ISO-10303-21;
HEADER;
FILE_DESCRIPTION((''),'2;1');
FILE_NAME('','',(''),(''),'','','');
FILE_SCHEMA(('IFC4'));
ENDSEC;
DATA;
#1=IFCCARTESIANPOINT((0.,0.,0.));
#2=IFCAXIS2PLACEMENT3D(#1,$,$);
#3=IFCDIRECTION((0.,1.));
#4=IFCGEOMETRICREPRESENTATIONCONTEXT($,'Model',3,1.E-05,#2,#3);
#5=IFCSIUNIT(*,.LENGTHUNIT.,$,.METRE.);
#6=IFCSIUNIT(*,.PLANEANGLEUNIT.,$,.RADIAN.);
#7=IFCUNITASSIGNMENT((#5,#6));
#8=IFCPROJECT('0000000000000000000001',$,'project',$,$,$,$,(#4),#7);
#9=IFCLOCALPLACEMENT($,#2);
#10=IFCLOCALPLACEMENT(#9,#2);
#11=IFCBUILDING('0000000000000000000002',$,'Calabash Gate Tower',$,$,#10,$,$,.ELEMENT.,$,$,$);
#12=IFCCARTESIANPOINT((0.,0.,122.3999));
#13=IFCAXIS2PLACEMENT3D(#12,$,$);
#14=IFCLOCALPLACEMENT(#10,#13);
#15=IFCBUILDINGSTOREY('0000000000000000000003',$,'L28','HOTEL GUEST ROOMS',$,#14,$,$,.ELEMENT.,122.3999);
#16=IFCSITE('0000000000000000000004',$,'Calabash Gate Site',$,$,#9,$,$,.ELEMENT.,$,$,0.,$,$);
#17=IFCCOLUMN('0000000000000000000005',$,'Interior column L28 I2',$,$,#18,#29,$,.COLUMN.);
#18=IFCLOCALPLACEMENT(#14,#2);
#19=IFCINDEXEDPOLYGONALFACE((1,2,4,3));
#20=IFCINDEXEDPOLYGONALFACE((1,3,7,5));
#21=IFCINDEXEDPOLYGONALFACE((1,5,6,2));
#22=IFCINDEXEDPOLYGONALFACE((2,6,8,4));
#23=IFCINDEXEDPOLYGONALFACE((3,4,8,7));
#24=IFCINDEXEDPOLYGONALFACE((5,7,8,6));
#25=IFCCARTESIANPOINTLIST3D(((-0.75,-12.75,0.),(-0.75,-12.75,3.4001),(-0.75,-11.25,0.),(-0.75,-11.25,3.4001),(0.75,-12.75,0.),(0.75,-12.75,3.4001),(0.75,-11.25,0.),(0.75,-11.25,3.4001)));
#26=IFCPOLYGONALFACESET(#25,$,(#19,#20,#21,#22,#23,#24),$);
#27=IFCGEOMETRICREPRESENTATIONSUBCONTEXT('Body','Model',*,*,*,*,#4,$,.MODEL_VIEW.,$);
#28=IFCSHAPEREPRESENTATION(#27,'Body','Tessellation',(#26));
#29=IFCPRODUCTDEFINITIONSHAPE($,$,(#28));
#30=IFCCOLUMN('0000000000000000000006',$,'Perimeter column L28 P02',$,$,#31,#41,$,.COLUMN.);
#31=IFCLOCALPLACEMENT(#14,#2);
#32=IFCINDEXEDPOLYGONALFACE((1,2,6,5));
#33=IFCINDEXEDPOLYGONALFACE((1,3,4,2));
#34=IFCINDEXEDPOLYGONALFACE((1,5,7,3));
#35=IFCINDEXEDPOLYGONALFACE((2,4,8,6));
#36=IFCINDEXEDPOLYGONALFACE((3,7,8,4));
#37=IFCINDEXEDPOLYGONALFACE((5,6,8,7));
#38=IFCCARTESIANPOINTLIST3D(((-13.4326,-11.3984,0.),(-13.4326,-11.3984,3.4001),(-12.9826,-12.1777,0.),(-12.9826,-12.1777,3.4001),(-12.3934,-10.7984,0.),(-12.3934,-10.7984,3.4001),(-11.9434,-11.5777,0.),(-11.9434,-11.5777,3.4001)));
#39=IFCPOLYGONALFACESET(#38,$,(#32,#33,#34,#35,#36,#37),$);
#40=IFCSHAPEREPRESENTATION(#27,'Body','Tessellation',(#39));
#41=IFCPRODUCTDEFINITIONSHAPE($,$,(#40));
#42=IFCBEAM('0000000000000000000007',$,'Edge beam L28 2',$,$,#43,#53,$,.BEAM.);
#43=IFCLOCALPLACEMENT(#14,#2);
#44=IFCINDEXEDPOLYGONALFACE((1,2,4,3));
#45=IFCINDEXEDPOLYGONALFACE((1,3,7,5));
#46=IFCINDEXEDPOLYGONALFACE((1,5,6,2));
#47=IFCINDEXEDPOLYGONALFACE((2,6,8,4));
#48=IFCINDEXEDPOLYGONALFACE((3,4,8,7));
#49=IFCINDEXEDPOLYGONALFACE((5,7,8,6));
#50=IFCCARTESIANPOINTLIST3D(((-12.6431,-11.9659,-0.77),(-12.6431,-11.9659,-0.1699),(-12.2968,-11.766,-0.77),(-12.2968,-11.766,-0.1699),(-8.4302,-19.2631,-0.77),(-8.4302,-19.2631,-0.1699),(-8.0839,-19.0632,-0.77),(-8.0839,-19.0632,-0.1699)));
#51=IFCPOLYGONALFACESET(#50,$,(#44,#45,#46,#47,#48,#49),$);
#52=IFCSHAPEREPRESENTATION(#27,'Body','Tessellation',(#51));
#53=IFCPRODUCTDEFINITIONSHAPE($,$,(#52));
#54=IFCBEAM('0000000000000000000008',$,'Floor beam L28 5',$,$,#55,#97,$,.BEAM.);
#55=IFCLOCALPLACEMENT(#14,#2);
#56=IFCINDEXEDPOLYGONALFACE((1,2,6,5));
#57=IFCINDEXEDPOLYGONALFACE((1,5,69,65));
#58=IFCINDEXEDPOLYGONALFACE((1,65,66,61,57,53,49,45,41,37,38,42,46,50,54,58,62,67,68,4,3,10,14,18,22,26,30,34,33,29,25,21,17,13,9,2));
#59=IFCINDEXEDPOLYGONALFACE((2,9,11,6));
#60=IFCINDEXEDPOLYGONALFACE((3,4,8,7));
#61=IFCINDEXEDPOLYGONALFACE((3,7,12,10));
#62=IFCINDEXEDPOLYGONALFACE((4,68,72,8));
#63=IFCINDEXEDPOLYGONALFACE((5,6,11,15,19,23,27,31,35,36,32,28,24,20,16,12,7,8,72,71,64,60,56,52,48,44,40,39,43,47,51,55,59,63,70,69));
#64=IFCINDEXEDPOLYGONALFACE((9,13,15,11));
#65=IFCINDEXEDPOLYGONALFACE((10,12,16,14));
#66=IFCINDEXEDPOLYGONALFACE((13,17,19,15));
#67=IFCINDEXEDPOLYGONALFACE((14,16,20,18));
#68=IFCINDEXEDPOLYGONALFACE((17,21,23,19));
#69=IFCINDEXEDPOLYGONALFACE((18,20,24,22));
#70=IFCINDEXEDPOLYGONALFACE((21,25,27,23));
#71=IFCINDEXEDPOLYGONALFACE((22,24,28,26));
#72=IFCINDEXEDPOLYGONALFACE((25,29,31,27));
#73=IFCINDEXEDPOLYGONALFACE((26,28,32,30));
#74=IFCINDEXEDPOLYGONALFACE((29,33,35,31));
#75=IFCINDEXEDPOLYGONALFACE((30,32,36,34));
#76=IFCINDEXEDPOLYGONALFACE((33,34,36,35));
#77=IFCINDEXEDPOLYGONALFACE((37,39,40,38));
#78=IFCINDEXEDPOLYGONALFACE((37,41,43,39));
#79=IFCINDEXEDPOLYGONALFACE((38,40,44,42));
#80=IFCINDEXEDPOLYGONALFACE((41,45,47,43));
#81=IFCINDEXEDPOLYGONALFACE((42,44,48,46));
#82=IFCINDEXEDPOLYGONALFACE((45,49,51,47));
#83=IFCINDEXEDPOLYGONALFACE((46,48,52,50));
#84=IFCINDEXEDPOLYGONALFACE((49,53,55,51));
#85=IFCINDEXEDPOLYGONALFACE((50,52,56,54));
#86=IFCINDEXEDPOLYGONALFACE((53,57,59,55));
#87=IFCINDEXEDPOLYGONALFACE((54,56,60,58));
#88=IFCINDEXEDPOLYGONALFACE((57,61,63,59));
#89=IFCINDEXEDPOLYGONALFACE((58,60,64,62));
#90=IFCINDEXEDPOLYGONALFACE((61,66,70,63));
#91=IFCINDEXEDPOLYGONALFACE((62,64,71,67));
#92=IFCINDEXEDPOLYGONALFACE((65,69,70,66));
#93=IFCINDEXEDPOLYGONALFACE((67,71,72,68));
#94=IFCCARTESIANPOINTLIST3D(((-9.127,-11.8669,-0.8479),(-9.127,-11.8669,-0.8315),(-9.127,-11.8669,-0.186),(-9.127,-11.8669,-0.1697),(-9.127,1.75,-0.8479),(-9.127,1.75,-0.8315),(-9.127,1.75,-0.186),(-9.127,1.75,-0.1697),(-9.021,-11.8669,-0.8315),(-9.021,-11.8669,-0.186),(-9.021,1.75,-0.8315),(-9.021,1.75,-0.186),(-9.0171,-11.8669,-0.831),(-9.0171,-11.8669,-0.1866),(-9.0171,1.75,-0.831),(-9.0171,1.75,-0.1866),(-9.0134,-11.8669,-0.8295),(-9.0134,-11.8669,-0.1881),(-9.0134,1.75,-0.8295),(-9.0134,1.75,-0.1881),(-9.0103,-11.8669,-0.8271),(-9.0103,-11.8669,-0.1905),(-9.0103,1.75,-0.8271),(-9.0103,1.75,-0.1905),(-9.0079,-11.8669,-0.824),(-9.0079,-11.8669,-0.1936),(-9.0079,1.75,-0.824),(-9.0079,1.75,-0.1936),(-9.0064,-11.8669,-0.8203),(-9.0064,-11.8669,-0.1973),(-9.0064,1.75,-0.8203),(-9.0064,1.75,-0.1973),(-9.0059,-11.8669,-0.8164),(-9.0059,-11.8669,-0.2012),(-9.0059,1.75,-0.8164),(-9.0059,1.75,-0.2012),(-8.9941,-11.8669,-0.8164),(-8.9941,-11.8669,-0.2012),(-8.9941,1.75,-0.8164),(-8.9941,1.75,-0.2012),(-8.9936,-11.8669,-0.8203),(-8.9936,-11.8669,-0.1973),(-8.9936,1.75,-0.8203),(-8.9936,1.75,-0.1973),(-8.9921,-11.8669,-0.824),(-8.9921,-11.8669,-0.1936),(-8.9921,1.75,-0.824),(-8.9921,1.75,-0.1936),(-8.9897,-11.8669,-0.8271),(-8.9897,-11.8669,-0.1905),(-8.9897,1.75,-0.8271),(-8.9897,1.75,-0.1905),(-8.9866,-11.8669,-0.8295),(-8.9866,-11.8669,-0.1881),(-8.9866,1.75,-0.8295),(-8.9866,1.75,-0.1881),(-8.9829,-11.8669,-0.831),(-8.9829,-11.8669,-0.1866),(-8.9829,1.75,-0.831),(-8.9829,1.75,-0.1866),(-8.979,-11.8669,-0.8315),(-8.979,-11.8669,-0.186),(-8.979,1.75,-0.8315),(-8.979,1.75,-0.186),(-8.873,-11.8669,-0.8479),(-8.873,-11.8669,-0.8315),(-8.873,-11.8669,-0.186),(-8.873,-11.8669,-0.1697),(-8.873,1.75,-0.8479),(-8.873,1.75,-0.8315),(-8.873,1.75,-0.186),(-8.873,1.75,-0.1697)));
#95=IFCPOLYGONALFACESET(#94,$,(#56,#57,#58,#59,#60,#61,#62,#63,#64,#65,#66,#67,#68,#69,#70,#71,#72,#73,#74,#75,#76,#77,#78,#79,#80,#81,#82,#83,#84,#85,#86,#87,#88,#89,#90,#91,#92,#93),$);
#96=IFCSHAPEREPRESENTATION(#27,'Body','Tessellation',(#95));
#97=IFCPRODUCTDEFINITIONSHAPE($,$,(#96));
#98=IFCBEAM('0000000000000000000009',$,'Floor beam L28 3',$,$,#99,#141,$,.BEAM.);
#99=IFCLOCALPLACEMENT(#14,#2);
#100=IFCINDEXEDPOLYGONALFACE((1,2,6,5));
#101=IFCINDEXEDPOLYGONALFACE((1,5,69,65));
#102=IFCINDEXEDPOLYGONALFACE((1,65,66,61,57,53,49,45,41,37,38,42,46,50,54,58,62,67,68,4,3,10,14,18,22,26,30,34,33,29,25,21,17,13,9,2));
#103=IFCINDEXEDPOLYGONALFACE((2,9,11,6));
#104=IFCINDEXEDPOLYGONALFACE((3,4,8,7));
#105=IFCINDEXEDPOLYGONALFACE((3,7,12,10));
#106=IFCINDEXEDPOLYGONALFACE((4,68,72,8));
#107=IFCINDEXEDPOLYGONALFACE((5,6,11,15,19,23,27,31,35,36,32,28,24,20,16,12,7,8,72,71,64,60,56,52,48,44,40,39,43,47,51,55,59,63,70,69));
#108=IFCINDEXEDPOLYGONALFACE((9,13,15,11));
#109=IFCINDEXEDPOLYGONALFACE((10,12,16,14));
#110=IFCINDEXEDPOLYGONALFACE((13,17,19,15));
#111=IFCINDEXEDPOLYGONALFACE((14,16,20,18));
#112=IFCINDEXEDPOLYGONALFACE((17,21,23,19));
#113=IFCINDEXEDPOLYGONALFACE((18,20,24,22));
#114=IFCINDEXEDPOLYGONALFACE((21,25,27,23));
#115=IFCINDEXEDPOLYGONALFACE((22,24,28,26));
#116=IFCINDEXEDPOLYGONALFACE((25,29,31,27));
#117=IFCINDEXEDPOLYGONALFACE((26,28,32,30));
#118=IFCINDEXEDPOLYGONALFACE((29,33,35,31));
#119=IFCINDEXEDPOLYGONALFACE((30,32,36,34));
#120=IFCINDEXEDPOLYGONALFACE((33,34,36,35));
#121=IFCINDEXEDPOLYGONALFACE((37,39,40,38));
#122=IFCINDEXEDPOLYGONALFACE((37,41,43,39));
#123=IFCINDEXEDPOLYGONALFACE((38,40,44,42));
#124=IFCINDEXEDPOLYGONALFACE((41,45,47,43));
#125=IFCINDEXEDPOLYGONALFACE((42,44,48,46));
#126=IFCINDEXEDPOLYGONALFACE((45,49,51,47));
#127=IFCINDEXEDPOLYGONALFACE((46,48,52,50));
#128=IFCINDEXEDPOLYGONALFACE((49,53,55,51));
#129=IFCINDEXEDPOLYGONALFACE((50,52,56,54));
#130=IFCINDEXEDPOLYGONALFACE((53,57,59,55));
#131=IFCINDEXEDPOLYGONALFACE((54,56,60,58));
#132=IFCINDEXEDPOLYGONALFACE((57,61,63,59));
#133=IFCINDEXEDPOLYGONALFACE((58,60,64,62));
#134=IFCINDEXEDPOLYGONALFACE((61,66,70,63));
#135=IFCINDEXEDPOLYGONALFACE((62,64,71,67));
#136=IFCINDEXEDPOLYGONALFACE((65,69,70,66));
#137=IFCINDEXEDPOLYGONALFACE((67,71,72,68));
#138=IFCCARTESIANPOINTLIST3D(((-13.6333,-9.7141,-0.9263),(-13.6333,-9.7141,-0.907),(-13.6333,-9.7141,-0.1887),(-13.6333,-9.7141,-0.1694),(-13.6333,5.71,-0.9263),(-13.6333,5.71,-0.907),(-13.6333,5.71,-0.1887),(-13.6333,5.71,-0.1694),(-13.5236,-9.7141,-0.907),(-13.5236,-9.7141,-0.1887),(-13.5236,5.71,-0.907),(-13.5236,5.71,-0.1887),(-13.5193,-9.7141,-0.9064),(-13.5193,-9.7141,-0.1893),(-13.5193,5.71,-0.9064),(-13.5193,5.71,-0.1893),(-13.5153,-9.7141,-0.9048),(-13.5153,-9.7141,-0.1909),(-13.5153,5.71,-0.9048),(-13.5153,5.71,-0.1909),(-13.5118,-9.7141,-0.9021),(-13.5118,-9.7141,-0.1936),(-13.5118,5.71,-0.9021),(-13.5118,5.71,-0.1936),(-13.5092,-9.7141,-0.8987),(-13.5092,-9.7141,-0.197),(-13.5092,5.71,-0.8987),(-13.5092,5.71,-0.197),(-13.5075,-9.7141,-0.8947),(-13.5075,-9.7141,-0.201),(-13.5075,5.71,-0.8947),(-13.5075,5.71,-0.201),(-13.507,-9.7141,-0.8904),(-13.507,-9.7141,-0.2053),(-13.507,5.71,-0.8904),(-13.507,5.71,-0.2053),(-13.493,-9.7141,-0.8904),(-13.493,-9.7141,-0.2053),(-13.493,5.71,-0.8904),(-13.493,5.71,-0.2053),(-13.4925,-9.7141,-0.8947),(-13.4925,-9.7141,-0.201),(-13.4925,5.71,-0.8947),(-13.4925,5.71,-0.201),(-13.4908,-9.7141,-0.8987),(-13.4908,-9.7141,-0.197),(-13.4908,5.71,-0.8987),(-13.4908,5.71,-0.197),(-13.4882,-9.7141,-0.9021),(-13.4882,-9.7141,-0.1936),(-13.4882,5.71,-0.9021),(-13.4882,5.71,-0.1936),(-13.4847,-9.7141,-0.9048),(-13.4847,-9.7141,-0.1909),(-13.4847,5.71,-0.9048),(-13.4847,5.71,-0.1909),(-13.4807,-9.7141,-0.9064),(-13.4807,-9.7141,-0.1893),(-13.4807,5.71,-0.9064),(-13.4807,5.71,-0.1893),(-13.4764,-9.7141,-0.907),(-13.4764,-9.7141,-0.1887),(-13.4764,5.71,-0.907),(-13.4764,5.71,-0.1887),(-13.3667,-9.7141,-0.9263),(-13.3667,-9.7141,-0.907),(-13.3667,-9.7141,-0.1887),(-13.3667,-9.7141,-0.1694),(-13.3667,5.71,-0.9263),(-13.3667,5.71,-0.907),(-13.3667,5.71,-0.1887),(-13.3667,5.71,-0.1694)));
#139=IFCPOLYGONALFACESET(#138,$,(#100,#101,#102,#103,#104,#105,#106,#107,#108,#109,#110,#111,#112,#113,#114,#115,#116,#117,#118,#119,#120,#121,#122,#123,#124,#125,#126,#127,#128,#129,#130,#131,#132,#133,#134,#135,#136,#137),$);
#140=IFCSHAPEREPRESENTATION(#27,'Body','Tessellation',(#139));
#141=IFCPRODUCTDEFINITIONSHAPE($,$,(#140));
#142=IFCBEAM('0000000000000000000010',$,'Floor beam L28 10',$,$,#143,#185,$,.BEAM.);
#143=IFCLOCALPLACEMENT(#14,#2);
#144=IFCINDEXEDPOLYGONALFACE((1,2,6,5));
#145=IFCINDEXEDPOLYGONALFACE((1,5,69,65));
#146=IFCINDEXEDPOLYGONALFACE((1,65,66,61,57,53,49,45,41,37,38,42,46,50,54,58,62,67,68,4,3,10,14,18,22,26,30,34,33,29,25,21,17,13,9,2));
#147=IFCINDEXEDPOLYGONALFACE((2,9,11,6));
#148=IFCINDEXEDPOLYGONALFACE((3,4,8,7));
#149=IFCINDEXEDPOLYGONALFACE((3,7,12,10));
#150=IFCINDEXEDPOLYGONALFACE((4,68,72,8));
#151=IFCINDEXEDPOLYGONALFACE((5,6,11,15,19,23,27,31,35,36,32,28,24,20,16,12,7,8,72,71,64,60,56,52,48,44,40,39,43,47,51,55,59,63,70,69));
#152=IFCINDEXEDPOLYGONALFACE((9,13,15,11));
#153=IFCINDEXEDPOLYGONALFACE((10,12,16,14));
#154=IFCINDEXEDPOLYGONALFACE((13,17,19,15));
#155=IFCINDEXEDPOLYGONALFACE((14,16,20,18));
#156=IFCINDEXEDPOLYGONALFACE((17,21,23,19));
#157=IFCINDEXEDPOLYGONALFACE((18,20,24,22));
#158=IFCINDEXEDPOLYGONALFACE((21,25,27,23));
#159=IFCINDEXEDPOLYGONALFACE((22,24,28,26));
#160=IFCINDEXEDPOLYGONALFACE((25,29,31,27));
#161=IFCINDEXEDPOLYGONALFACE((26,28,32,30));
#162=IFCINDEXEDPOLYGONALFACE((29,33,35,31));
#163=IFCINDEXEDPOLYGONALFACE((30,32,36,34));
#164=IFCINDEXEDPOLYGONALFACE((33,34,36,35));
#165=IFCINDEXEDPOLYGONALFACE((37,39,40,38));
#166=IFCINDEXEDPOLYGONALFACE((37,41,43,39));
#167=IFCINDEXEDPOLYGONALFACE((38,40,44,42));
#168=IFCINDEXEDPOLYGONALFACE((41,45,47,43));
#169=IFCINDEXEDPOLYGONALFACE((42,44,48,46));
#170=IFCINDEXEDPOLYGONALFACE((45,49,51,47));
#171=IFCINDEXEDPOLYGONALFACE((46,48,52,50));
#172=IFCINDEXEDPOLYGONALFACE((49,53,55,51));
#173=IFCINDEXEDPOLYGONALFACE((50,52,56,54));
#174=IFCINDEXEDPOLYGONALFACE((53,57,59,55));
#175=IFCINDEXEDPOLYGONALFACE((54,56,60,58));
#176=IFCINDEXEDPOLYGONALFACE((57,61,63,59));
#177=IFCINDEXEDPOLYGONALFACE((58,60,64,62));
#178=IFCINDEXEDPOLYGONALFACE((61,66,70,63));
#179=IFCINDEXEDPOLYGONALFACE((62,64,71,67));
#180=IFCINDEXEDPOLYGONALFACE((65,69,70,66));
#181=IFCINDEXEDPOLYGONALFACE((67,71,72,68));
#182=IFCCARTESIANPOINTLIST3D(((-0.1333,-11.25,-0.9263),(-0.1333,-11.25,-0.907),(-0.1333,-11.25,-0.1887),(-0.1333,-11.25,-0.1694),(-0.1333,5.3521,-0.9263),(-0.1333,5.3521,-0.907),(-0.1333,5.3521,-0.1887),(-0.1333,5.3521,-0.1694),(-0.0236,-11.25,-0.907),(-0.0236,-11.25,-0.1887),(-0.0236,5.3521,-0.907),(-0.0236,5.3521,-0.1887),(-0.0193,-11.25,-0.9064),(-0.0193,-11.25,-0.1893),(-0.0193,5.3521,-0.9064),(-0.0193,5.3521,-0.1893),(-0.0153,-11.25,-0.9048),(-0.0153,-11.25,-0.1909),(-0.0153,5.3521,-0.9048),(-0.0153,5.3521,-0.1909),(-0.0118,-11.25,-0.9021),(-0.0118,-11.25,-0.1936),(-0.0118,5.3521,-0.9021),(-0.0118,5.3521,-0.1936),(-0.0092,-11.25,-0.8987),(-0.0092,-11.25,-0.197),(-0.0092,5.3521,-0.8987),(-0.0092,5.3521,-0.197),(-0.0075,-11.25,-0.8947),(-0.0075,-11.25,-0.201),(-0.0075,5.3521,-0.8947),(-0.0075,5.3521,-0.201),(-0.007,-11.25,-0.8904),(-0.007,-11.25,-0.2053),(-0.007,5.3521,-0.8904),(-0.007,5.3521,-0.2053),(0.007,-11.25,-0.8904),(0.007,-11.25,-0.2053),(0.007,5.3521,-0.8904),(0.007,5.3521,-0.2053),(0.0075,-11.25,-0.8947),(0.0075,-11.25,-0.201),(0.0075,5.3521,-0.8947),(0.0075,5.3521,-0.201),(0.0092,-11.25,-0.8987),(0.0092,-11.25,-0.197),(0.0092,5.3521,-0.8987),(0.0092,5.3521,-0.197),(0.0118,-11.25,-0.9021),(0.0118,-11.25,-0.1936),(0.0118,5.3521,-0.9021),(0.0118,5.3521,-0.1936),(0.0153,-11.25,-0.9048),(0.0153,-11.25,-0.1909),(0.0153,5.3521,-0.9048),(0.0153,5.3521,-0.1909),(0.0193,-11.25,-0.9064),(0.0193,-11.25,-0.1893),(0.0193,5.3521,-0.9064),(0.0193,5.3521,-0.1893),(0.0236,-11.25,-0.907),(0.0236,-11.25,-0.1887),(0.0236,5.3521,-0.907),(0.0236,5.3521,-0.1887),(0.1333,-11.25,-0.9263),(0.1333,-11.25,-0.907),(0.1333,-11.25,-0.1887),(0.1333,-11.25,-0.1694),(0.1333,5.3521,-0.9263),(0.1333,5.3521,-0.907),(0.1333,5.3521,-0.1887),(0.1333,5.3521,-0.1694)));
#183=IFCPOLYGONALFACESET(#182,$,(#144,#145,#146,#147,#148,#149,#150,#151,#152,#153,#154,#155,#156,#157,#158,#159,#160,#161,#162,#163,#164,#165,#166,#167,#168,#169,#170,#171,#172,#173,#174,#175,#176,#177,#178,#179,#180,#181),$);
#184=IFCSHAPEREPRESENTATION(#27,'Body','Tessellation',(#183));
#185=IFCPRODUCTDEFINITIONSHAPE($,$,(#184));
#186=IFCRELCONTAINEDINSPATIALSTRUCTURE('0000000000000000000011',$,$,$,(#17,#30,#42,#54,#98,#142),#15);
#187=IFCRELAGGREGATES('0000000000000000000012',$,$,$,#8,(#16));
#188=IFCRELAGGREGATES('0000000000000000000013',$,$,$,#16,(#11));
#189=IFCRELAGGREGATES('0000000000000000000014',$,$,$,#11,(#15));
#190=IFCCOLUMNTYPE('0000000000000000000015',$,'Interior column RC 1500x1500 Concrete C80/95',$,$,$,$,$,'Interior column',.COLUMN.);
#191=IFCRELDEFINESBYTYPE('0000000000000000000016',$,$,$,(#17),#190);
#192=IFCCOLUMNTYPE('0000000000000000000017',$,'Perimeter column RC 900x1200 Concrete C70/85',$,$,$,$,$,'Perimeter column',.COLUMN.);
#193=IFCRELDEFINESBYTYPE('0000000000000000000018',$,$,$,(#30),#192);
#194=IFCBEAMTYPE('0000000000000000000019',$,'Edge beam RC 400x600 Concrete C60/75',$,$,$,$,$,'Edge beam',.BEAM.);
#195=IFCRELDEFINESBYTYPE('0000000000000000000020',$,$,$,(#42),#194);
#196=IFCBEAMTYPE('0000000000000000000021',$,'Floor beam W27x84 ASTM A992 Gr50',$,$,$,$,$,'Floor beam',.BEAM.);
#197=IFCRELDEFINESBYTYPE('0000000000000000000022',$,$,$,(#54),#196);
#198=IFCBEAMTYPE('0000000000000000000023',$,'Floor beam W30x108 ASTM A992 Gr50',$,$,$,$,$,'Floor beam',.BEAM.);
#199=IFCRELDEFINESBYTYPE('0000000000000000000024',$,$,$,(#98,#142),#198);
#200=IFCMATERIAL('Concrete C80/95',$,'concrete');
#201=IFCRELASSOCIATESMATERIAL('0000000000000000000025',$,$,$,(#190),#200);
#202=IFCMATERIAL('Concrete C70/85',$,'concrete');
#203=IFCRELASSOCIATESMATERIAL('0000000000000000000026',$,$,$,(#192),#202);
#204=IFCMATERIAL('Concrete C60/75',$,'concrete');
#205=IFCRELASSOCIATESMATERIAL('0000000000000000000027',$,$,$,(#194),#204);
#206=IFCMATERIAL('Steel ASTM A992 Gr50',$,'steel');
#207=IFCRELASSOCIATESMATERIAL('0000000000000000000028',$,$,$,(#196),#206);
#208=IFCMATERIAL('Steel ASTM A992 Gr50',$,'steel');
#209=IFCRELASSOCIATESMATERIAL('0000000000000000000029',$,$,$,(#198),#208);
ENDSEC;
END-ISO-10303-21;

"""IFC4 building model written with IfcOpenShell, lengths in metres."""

from ifc_helpers import new_model, si_unit, direction, frame, origin, origin_2d, place, context, subcontext, project, spatial, rectangle, i_section, extrude, material, material_profile, profile_set, type_object, element, save


model = new_model("IFC4")

# Units and contexts
model_context = context("Model", 3, precision=1e-05, world=origin(), true_north=direction((0.0, 1.0)))
body_context = subcontext(model_context, "Body", "Model", "MODEL_VIEW")
ifc_project = project(units=[si_unit("LENGTHUNIT", "METRE"), si_unit("PLANEANGLEUNIT", "RADIAN")], contexts=[model_context])

# Site, building, storey
site_placement = place(None, origin())
site = spatial("IfcSite", under=ifc_project, at=site_placement, Name="Calabash Gate Site", CompositionType="ELEMENT", RefElevation=0.0)
building_placement = place(site_placement, origin())
building = spatial("IfcBuilding", under=site, at=building_placement, Name="Calabash Gate Tower", CompositionType="ELEMENT")
storey_placement = place(building_placement, frame((0.0, 0.0, 122.3999)))
storey = spatial("IfcBuildingStorey", under=building, at=storey_placement, Name="L28", Description="HOTEL GUEST ROOMS", CompositionType="ELEMENT", Elevation=122.3999)

# Columns
ifc_material_1 = material(Name="Concrete C80/95", Category="concrete")
ifc_material_profile_1 = material_profile(ifc_material_1, rectangle(XDim=1.5, YDim=1.5, at=origin_2d()))
ifc_profile_set_1 = profile_set([ifc_material_profile_1], Name="Concrete C80/95")
column_type_1 = type_object("IfcColumnType", Name="Interior column RC 1500x1500 Concrete C80/95", ElementType="Interior column", PredefinedType="COLUMN", material=ifc_profile_set_1)
column_1_placement = place(storey_placement, frame((0.0, -12.0, 0.0), z_axis=(0.0, 0.0, 1.0), x_axis=(1.0, 0.0, 0.0)))
element("IfcColumn", 1, at=column_1_placement, inside=storey, type_object=column_type_1, Name="Interior column L28 I2", PredefinedType="COLUMN", context=body_context, shape_type="SweptSolid", body=[
    extrude(rectangle(XDim=1.5, YDim=1.5, at=origin_2d()), origin(), (0.0, 0.0, 1.0), 3.4001),
])
ifc_material_2 = material(Name="Concrete C70/85", Category="concrete")
ifc_material_profile_2 = material_profile(ifc_material_2, rectangle(XDim=0.8999, YDim=1.2, at=origin_2d()))
ifc_profile_set_2 = profile_set([ifc_material_profile_2], Name="Concrete C70/85")
column_type_2 = type_object("IfcColumnType", Name="Perimeter column RC 900x1200 Concrete C70/85", ElementType="Perimeter column", PredefinedType="COLUMN", material=ifc_profile_set_2)
column_2_placement = place(storey_placement, frame((-12.688, -11.488, 0.0), z_axis=(0.0, 0.0, 1.0), x_axis=(0.5, -0.866025, 0.0)))
element("IfcColumn", 2, at=column_2_placement, inside=storey, type_object=column_type_2, Name="Perimeter column L28 P02", PredefinedType="COLUMN", context=body_context, shape_type="SweptSolid", body=[
    extrude(rectangle(XDim=0.8999, YDim=1.2, at=origin_2d()), origin(), (0.0, 0.0, 1.0), 3.4001),
])

# Beams
ifc_material_3 = material(Name="Concrete C60/75", Category="concrete")
ifc_material_profile_3 = material_profile(ifc_material_3, rectangle(XDim=0.3999, YDim=0.6001, at=origin_2d()))
ifc_profile_set_3 = profile_set([ifc_material_profile_3], Name="Concrete C60/75")
beam_type_1 = type_object("IfcBeamType", Name="Edge beam RC 400x600 Concrete C60/75", ElementType="Edge beam", PredefinedType="BEAM", material=ifc_profile_set_3)
beam_1_placement = place(storey_placement, frame((-12.47, -11.866, -0.47), z_axis=(0.499991, -0.866031, 0.0), x_axis=(0.866031, 0.499991, 0.0)))
element("IfcBeam", 3, at=beam_1_placement, inside=storey, type_object=beam_type_1, Name="Edge beam L28 2", PredefinedType="BEAM", context=body_context, shape_type="SweptSolid", body=[
    extrude(rectangle(XDim=0.3999, YDim=0.6001, at=origin_2d()), origin(), (0.0, 0.0, 1.0), 8.426),
])
ifc_material_4 = material(Name="Steel ASTM A992 Gr50", Category="steel")
ifc_material_profile_4 = material_profile(ifc_material_4, i_section(OverallWidth=0.2539, OverallDepth=0.6782, WebThickness=0.0117, FlangeThickness=0.0164, FilletRadius=0.0151, at=origin_2d()))
ifc_profile_set_4 = profile_set([ifc_material_profile_4], Name="Steel ASTM A992 Gr50")
beam_type_2 = type_object("IfcBeamType", Name="Floor beam W27x84 ASTM A992 Gr50", ElementType="Floor beam", PredefinedType="BEAM", material=ifc_profile_set_4)
beam_2_placement = place(storey_placement, frame((-9.0, -11.8669, -0.5088), z_axis=(0.0, 1.0, 0.0), x_axis=(-1.0, 0.0, 0.0)))
element("IfcBeam", 4, at=beam_2_placement, inside=storey, type_object=beam_type_2, Name="Floor beam L28 5", PredefinedType="BEAM", context=body_context, shape_type="SweptSolid", body=[
    extrude(i_section(OverallWidth=0.2539, OverallDepth=0.6782, WebThickness=0.0117, FlangeThickness=0.0164, FilletRadius=0.0151, at=origin_2d()), origin(), (0.0, 0.0, 1.0), 13.6169),
])
ifc_material_5 = material(Name="Steel ASTM A992 Gr50", Category="steel")
ifc_material_profile_5 = material_profile(ifc_material_5, i_section(OverallWidth=0.2666, OverallDepth=0.7568, WebThickness=0.0139, FlangeThickness=0.0193, FilletRadius=0.0166, at=origin_2d()))
ifc_profile_set_5 = profile_set([ifc_material_profile_5], Name="Steel ASTM A992 Gr50")
beam_type_3 = type_object("IfcBeamType", Name="Floor beam W30x108 ASTM A992 Gr50", ElementType="Floor beam", PredefinedType="BEAM", material=ifc_profile_set_5)
beam_3_placement = place(storey_placement, frame((-13.5, -9.7141, -0.5479), z_axis=(0.0, 1.0, 0.0), x_axis=(-1.0, 0.0, 0.0)))
element("IfcBeam", 5, at=beam_3_placement, inside=storey, type_object=beam_type_3, Name="Floor beam L28 3", PredefinedType="BEAM", context=body_context, shape_type="SweptSolid", body=[
    extrude(i_section(OverallWidth=0.2666, OverallDepth=0.7568, WebThickness=0.0139, FlangeThickness=0.0193, FilletRadius=0.0166, at=origin_2d()), origin(), (0.0, 0.0, 1.0), 15.4241),
])
beam_4_placement = place(storey_placement, frame((0.0, -11.25, -0.5479), z_axis=(0.0, 1.0, 0.0), x_axis=(-1.0, 0.0, 0.0)))
element("IfcBeam", 6, at=beam_4_placement, inside=storey, type_object=beam_type_3, Name="Floor beam L28 10", PredefinedType="BEAM", context=body_context, shape_type="SweptSolid", body=[
    extrude(i_section(OverallWidth=0.2666, OverallDepth=0.7568, WebThickness=0.0139, FlangeThickness=0.0193, FilletRadius=0.0166, at=origin_2d()), origin(), (0.0, 0.0, 1.0), 16.6021),
])

save(model, "model.ifc")
